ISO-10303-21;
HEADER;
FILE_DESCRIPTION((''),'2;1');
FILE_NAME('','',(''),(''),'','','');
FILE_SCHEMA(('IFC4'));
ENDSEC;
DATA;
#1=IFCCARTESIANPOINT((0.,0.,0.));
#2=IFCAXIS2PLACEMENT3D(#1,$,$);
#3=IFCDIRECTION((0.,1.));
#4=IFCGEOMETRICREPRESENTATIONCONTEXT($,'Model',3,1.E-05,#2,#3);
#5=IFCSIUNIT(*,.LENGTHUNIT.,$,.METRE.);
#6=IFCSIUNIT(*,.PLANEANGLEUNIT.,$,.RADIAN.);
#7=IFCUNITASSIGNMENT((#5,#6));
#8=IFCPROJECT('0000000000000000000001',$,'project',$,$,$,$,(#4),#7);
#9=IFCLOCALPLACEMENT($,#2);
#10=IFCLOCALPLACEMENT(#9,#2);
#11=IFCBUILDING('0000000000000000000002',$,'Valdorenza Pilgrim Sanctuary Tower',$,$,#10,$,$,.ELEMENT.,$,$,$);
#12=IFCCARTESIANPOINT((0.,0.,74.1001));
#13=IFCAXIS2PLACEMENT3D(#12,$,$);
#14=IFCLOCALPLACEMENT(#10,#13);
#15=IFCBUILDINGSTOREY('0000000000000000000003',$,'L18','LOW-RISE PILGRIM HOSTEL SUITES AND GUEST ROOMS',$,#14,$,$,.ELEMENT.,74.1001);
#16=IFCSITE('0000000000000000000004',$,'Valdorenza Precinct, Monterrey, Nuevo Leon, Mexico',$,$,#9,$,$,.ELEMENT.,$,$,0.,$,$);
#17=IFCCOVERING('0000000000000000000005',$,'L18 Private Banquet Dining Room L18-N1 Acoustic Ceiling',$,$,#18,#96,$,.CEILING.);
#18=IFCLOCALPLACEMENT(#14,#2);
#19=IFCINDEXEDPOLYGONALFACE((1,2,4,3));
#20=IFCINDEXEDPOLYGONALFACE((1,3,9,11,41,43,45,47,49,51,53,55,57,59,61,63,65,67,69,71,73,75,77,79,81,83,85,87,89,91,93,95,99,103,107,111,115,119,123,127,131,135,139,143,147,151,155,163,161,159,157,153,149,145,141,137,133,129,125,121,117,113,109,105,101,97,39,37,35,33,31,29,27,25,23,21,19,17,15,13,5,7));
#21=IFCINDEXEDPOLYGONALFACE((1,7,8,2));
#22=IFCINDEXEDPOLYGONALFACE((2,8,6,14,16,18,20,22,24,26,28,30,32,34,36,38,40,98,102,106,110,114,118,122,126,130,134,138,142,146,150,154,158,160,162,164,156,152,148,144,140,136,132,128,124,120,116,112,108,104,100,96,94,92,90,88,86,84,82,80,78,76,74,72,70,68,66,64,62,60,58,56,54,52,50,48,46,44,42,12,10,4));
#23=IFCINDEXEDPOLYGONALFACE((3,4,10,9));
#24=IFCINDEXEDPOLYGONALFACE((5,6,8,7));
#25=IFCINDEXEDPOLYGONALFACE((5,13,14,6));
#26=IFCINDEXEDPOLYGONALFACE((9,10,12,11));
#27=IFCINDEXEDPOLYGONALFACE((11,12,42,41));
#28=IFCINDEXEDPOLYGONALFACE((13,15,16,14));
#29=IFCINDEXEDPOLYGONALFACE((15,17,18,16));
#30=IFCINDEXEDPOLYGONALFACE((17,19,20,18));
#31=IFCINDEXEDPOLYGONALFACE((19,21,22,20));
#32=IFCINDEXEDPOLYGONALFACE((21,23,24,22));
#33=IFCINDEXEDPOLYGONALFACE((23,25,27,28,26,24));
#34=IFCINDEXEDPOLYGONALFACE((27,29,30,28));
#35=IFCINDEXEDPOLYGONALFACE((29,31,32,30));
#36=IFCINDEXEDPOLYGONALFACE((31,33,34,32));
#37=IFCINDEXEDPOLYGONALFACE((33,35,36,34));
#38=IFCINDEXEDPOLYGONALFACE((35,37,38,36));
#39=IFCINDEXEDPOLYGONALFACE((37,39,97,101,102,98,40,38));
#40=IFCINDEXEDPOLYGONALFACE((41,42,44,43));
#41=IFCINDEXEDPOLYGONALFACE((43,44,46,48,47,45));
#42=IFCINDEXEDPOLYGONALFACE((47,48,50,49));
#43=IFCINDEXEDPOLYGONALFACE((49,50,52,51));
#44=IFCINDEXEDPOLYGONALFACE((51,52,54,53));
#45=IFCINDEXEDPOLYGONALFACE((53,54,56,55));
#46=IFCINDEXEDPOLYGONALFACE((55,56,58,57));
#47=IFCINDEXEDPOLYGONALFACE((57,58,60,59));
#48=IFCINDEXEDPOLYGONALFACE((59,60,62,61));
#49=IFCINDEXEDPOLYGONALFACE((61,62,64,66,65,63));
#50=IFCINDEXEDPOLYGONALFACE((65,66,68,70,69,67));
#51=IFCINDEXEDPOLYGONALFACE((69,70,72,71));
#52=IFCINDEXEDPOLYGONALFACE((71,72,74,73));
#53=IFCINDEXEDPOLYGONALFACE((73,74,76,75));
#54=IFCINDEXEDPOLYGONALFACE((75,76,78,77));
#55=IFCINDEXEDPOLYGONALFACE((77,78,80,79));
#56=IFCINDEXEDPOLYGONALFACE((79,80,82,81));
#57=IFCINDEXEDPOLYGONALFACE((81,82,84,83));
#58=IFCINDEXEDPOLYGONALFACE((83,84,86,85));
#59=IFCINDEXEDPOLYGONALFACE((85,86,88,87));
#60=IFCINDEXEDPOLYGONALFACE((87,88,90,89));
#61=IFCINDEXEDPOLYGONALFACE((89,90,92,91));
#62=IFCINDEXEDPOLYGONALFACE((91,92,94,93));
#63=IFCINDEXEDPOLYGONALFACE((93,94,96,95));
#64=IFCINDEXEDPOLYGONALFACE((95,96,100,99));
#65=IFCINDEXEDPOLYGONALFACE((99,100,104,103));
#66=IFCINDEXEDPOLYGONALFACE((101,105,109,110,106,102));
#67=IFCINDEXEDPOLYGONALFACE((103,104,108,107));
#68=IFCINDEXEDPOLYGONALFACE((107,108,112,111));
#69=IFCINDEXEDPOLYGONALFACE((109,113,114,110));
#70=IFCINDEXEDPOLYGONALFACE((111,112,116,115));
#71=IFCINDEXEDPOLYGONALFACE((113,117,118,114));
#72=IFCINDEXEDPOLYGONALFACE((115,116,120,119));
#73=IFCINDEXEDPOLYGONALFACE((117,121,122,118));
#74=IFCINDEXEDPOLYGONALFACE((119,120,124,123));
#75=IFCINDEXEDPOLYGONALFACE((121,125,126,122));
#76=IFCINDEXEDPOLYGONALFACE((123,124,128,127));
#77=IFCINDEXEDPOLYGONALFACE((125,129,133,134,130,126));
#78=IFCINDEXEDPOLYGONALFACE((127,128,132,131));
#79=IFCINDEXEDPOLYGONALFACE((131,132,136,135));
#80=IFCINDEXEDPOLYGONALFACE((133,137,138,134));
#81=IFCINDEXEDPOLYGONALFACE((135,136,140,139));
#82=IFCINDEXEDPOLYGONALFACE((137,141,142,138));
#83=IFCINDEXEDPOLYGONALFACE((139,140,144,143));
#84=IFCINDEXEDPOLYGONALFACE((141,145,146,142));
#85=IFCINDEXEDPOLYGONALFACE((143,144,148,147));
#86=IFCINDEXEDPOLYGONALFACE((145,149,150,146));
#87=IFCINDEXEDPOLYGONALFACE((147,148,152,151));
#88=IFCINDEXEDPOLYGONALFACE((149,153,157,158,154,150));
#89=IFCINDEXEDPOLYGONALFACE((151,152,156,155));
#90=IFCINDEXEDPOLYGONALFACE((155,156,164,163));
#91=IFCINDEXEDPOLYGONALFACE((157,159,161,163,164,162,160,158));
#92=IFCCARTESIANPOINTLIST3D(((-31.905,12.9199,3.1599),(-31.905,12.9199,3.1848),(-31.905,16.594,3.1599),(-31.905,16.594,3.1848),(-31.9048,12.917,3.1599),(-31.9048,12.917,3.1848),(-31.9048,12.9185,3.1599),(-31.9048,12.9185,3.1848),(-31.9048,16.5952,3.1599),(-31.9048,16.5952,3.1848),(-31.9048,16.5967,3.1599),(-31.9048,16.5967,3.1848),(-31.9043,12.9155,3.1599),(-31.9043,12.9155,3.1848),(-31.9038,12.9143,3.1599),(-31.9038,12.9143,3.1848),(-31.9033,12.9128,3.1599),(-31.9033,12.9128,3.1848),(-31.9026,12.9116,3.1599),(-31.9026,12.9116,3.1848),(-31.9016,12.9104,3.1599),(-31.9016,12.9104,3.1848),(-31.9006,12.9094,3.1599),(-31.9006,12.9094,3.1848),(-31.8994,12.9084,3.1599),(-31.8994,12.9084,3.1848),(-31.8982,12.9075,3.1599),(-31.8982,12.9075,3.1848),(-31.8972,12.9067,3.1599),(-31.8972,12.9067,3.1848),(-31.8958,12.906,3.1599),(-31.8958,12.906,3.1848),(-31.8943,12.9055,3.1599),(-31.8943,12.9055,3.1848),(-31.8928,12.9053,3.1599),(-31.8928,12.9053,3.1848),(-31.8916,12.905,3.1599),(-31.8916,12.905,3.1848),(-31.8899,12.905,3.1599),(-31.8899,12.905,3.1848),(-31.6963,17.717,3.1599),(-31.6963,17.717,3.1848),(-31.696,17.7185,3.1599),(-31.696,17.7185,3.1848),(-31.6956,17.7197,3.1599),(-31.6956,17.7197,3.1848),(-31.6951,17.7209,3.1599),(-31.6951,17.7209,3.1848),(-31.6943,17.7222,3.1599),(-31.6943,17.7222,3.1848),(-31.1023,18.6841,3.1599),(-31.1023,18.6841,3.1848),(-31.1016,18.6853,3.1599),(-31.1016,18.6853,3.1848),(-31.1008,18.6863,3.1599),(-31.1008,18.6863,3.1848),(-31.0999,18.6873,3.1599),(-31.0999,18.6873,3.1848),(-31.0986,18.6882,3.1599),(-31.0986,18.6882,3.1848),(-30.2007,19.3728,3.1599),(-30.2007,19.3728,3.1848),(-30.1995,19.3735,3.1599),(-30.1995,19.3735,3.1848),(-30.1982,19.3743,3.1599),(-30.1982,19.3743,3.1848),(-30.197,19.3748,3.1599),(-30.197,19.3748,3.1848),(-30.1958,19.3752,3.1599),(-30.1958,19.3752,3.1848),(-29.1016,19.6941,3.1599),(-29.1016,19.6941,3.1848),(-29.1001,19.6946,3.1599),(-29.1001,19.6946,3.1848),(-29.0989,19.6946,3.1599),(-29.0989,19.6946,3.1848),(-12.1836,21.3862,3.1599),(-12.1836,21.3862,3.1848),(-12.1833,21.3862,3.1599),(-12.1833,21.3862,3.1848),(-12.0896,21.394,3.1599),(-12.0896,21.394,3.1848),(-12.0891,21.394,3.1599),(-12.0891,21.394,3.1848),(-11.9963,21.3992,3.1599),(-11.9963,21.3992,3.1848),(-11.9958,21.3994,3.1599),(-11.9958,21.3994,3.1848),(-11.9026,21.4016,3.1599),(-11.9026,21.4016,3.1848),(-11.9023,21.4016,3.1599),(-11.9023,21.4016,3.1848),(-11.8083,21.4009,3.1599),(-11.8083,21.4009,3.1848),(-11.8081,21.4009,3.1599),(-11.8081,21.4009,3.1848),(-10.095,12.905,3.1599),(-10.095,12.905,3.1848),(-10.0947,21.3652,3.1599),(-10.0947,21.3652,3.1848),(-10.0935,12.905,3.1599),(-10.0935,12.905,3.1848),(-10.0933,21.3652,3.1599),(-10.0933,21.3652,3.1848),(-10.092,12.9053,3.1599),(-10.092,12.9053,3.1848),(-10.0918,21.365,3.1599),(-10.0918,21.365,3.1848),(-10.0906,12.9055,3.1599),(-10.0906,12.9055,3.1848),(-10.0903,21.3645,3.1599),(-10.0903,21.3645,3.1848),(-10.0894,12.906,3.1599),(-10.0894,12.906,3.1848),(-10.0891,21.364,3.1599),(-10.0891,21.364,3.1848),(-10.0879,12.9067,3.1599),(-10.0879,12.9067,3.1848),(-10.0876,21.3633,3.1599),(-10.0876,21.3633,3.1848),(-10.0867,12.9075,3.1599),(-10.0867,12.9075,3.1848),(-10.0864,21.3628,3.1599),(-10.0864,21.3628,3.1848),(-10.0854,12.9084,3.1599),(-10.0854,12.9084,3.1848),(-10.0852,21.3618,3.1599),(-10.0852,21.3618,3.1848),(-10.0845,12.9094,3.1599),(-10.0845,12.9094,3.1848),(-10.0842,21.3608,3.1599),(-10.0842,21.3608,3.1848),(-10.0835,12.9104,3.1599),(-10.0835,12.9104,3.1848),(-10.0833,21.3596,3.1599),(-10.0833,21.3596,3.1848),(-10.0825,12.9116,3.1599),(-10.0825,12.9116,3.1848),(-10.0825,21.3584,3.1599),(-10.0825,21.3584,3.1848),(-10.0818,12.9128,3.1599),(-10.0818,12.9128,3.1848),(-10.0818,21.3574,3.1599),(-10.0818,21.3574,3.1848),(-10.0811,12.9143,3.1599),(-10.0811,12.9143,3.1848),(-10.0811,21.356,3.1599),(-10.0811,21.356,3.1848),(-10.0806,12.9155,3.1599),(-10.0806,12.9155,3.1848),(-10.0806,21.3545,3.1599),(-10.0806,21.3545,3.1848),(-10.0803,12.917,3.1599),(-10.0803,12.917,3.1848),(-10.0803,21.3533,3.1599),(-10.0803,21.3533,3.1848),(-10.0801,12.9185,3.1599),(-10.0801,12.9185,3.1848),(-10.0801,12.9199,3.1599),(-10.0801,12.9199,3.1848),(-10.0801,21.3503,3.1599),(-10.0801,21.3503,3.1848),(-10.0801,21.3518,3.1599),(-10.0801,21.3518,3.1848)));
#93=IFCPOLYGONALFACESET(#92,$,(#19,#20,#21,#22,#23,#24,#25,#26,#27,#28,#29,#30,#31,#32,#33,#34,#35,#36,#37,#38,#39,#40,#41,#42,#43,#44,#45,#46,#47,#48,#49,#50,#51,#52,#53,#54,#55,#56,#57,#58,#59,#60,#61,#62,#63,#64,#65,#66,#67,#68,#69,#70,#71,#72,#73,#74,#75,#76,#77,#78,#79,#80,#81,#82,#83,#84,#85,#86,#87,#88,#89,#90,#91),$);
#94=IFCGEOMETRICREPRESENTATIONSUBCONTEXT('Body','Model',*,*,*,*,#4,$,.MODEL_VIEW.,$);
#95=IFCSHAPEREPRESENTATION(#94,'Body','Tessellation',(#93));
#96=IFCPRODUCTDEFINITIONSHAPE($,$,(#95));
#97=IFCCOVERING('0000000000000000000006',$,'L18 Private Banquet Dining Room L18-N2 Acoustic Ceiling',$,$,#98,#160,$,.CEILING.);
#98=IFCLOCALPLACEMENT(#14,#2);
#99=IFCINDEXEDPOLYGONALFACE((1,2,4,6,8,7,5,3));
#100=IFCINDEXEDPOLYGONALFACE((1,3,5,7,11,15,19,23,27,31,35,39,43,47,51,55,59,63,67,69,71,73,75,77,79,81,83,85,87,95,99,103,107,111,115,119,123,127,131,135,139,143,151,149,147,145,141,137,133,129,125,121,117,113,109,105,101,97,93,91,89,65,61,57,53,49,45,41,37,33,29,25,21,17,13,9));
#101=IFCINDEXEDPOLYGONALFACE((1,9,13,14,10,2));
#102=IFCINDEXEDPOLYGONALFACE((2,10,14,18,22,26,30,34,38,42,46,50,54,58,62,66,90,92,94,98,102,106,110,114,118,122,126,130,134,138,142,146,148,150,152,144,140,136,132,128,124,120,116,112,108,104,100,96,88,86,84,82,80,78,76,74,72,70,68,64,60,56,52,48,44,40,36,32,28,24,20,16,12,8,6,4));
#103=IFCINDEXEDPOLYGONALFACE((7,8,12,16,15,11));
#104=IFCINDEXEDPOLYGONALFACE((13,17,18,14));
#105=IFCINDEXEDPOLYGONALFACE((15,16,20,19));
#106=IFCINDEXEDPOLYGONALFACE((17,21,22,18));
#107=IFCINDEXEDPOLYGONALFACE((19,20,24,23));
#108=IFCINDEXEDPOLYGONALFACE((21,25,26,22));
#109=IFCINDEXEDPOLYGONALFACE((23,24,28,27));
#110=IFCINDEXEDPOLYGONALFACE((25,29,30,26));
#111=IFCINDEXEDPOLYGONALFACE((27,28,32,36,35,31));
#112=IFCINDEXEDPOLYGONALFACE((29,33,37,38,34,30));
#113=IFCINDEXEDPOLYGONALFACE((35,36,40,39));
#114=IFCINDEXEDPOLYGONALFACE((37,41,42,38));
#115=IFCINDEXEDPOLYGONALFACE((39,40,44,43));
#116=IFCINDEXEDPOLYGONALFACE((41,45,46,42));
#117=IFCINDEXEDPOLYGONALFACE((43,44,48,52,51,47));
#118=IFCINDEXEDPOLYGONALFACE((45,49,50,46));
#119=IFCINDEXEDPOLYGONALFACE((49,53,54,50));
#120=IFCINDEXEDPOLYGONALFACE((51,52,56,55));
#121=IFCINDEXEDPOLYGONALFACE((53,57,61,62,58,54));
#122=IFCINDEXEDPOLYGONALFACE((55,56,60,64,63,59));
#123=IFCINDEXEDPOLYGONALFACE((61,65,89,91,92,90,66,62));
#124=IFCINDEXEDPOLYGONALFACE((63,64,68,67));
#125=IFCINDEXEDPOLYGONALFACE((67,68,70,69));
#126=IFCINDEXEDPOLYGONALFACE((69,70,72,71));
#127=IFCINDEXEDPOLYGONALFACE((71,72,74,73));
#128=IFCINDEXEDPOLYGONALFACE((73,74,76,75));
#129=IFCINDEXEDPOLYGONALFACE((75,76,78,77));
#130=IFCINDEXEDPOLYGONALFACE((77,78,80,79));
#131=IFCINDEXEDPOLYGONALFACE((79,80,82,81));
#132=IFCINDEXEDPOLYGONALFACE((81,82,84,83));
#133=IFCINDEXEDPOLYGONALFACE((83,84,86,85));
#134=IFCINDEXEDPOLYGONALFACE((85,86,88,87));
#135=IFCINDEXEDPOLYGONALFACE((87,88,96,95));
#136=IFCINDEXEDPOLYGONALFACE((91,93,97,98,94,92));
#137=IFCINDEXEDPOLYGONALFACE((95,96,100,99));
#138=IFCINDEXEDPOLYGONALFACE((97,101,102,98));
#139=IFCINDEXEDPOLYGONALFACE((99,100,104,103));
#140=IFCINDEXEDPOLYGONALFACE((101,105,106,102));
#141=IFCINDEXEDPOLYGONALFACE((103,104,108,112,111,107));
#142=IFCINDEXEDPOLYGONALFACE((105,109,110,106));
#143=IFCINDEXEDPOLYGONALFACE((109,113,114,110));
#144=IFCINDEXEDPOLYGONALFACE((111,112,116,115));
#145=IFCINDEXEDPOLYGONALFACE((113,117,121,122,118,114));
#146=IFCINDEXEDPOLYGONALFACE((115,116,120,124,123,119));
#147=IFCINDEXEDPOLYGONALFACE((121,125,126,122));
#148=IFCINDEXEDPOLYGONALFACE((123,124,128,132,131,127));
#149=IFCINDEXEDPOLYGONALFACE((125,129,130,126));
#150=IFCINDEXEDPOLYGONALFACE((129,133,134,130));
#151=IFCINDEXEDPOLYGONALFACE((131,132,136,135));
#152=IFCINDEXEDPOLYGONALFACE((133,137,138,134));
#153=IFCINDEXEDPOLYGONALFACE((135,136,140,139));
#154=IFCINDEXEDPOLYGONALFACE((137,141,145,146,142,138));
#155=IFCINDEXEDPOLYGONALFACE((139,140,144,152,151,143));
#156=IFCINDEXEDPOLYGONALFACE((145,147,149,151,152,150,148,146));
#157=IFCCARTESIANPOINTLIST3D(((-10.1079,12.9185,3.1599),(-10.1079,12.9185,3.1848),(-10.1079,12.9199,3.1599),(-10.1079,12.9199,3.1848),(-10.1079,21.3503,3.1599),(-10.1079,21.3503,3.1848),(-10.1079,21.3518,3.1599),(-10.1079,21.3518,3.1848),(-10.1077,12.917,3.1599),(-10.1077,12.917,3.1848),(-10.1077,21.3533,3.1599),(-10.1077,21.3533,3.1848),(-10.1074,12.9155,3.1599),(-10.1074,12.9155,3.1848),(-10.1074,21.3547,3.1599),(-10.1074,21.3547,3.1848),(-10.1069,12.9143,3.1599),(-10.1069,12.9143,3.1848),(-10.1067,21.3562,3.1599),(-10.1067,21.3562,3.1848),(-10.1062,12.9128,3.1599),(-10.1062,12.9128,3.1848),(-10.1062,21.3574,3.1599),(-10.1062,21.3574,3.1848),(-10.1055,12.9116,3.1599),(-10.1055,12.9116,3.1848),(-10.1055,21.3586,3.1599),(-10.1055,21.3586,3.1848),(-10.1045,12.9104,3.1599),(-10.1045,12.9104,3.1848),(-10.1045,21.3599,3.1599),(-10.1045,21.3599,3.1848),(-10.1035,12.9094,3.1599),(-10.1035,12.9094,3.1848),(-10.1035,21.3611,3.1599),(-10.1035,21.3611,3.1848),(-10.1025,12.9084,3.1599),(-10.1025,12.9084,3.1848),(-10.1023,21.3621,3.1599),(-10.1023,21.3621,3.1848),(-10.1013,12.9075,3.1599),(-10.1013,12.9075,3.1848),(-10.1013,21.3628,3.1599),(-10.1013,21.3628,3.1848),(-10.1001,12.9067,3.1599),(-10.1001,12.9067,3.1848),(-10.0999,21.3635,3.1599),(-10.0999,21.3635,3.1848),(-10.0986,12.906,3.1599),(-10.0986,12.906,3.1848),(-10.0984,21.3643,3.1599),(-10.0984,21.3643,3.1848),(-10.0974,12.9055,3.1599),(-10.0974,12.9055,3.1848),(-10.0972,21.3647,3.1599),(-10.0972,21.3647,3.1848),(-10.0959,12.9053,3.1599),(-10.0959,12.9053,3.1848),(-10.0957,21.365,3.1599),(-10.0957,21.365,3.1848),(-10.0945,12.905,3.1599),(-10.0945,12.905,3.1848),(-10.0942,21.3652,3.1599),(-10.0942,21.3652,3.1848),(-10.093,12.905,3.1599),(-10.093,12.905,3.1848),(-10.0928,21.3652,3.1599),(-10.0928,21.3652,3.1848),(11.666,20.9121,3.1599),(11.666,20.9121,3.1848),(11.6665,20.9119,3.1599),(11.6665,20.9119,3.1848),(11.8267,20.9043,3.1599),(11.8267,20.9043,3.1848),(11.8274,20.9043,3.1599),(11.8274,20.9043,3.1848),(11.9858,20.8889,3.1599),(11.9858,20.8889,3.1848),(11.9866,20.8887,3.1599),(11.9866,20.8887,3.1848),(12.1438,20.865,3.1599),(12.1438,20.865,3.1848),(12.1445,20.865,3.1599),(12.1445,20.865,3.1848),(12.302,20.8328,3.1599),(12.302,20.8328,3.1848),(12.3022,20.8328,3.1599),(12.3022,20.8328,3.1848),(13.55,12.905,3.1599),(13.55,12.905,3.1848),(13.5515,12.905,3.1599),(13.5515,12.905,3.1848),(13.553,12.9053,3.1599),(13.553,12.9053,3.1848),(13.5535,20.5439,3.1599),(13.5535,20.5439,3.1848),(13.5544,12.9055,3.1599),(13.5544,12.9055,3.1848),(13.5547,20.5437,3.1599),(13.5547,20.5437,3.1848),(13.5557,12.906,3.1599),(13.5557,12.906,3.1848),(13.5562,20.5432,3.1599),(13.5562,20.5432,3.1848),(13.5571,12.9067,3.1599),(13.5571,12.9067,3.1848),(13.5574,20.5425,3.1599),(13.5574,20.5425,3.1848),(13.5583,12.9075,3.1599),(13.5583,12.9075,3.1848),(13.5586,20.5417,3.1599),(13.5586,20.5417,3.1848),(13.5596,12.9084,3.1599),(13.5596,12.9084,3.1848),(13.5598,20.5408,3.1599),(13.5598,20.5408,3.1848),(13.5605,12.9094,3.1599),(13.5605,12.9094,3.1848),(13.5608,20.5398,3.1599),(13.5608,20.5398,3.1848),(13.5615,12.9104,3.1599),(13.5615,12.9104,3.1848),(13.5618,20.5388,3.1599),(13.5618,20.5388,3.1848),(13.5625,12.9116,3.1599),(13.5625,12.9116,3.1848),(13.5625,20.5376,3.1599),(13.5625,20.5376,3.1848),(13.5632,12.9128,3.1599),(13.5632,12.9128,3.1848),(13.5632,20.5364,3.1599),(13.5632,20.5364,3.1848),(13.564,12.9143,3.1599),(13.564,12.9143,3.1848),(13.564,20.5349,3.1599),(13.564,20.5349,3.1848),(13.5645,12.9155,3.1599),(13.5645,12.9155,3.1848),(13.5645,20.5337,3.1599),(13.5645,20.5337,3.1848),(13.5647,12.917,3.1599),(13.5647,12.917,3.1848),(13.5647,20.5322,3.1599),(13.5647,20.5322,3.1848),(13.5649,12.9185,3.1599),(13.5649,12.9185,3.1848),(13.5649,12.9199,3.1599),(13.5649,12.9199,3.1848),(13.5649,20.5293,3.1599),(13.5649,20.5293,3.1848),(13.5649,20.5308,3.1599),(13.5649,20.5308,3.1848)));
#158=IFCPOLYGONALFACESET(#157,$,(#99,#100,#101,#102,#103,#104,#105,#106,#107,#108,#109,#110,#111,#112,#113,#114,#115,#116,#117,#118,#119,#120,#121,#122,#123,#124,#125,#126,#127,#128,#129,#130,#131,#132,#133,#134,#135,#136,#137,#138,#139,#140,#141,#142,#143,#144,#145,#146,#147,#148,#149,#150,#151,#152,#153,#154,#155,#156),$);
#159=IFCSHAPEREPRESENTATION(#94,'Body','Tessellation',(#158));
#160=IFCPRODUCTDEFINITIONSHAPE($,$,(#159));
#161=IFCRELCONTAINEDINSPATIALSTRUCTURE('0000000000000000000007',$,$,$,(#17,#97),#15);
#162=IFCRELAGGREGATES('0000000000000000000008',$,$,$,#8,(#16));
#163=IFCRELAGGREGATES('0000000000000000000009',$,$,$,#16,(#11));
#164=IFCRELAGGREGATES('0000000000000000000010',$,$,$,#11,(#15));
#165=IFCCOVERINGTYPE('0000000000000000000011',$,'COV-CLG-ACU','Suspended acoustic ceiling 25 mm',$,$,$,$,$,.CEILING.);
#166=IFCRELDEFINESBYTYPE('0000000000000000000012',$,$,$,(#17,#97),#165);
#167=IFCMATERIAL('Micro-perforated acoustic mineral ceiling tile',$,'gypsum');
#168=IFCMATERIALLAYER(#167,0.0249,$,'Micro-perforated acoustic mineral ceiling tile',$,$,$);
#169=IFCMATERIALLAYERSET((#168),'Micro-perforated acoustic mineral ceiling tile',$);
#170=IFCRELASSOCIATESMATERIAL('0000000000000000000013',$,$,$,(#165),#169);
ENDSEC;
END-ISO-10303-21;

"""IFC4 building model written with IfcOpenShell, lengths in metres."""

from ifc_helpers import new_model, si_unit, direction, frame, origin, place, context, subcontext, project, spatial, polyline, outline, extrude, material, layer, layer_set, type_object, element, save


model = new_model("IFC4")

# Units and contexts
model_context = context("Model", 3, precision=1e-05, world=origin(), true_north=direction((0.0, 1.0)))
body_context = subcontext(model_context, "Body", "Model", "MODEL_VIEW")
ifc_project = project(units=[si_unit("LENGTHUNIT", "METRE"), si_unit("PLANEANGLEUNIT", "RADIAN")], contexts=[model_context])

# Site, building, storey
site_placement = place(None, origin())
site = spatial("IfcSite", under=ifc_project, at=site_placement, Name="Valdorenza Precinct, Monterrey, Nuevo Leon, Mexico", CompositionType="ELEMENT", RefElevation=0.0)
building_placement = place(site_placement, origin())
building = spatial("IfcBuilding", under=site, at=building_placement, Name="Valdorenza Pilgrim Sanctuary Tower", CompositionType="ELEMENT")
storey_placement = place(building_placement, frame((0.0, 0.0, 74.1001)))
storey = spatial("IfcBuildingStorey", under=building, at=storey_placement, Name="L18", Description="LOW-RISE PILGRIM HOSTEL SUITES AND GUEST ROOMS", CompositionType="ELEMENT", Elevation=74.1001)

# Coverings
ifc_material_1 = material(Name="Micro-perforated acoustic mineral ceiling tile", Category="gypsum")
ifc_layer_1 = layer(ifc_material_1, 0.0249, Name="Micro-perforated acoustic mineral ceiling tile")
ifc_layer_set_1 = layer_set([ifc_layer_1], Name="Micro-perforated acoustic mineral ceiling tile")
covering_type_1 = type_object("IfcCoveringType", Name="COV-CLG-ACU", Description="Suspended acoustic ceiling 25 mm", PredefinedType="CEILING", material=ifc_layer_set_1)
covering_1_placement = place(storey_placement, frame((0.0, 0.0, 3.1599)))
element("IfcCovering", 1, at=covering_1_placement, inside=storey, type_object=covering_type_1, Name="L18 Private Banquet Dining Room L18-N1 Acoustic Ceiling", PredefinedType="CEILING", context=body_context, shape_type="SweptSolid", body=[
    extrude(outline(polyline([(-31.8899, 12.905), (-31.8916, 12.905), (-31.8928, 12.9053), (-31.8943, 12.9055), (-31.8958, 12.906), (-31.8972, 12.9067), (-31.8982, 12.9075), (-31.8994, 12.9084), (-31.9006, 12.9094), (-31.9016, 12.9104), (-31.9026, 12.9116), (-31.9033, 12.9128), (-31.9038, 12.9143), (-31.9043, 12.9155), (-31.9048, 12.917), (-31.9048, 12.9185), (-31.905, 12.9199), (-31.905, 16.594), (-31.9048, 16.5952), (-31.9048, 16.5967), (-31.6963, 17.717), (-31.696, 17.7185), (-31.6956, 17.7197), (-31.6951, 17.7209), (-31.6943, 17.7222), (-31.1023, 18.6841), (-31.1016, 18.6853), (-31.1008, 18.6863), (-31.0999, 18.6873), (-31.0986, 18.6882), (-30.2007, 19.3728), (-30.1995, 19.3735), (-30.1982, 19.3743), (-30.197, 19.3748), (-30.1958, 19.3752), (-29.1016, 19.6941), (-29.1001, 19.6946), (-29.0989, 19.6946), (-12.1836, 21.3862), (-12.1833, 21.3862), (-12.0896, 21.394), (-12.0891, 21.394), (-11.9963, 21.3992), (-11.9958, 21.3994), (-11.9026, 21.4016), (-11.9023, 21.4016), (-11.8083, 21.4009), (-11.8081, 21.4009), (-10.0947, 21.3652), (-10.0933, 21.3652), (-10.0918, 21.365), (-10.0903, 21.3645), (-10.0891, 21.364), (-10.0876, 21.3633), (-10.0864, 21.3628), (-10.0852, 21.3618), (-10.0842, 21.3608), (-10.0833, 21.3596), (-10.0825, 21.3584), (-10.0818, 21.3574), (-10.0811, 21.356), (-10.0806, 21.3545), (-10.0803, 21.3533), (-10.0801, 21.3518), (-10.0801, 21.3503), (-10.0801, 12.9199), (-10.0801, 12.9185), (-10.0803, 12.917), (-10.0806, 12.9155), (-10.0811, 12.9143), (-10.0818, 12.9128), (-10.0825, 12.9116), (-10.0835, 12.9104), (-10.0845, 12.9094), (-10.0854, 12.9084), (-10.0867, 12.9075), (-10.0879, 12.9067), (-10.0894, 12.906), (-10.0906, 12.9055), (-10.092, 12.9053), (-10.0935, 12.905), (-10.095, 12.905), (-31.8899, 12.905)])), origin(), (0.0, 0.0, 1.0), 0.0249),
])
covering_2_placement = place(storey_placement, frame((0.0, 0.0, 3.1599)))
element("IfcCovering", 2, at=covering_2_placement, inside=storey, type_object=covering_type_1, Name="L18 Private Banquet Dining Room L18-N2 Acoustic Ceiling", PredefinedType="CEILING", context=body_context, shape_type="SweptSolid", body=[
    extrude(outline(polyline([(-10.093, 12.905), (-10.0945, 12.905), (-10.0959, 12.9053), (-10.0974, 12.9055), (-10.0986, 12.906), (-10.1001, 12.9067), (-10.1013, 12.9075), (-10.1025, 12.9084), (-10.1035, 12.9094), (-10.1045, 12.9104), (-10.1055, 12.9116), (-10.1062, 12.9128), (-10.1069, 12.9143), (-10.1074, 12.9155), (-10.1077, 12.917), (-10.1079, 12.9185), (-10.1079, 12.9199), (-10.1079, 21.3503), (-10.1079, 21.3518), (-10.1077, 21.3533), (-10.1074, 21.3547), (-10.1067, 21.3562), (-10.1062, 21.3574), (-10.1055, 21.3586), (-10.1045, 21.3599), (-10.1035, 21.3611), (-10.1023, 21.3621), (-10.1013, 21.3628), (-10.0999, 21.3635), (-10.0984, 21.3643), (-10.0972, 21.3647), (-10.0957, 21.365), (-10.0942, 21.3652), (-10.0928, 21.3652), (11.666, 20.9121), (11.6665, 20.9119), (11.8267, 20.9043), (11.8274, 20.9043), (11.9858, 20.8889), (11.9866, 20.8887), (12.1438, 20.865), (12.1445, 20.865), (12.302, 20.8328), (12.3022, 20.8328), (13.5535, 20.5439), (13.5547, 20.5437), (13.5562, 20.5432), (13.5574, 20.5425), (13.5586, 20.5417), (13.5598, 20.5408), (13.5608, 20.5398), (13.5618, 20.5388), (13.5625, 20.5376), (13.5632, 20.5364), (13.564, 20.5349), (13.5645, 20.5337), (13.5647, 20.5322), (13.5649, 20.5308), (13.5649, 20.5293), (13.5649, 12.9199), (13.5649, 12.9185), (13.5647, 12.917), (13.5645, 12.9155), (13.564, 12.9143), (13.5632, 12.9128), (13.5625, 12.9116), (13.5615, 12.9104), (13.5605, 12.9094), (13.5596, 12.9084), (13.5583, 12.9075), (13.5571, 12.9067), (13.5557, 12.906), (13.5544, 12.9055), (13.553, 12.9053), (13.5515, 12.905), (13.55, 12.905), (-10.093, 12.905)])), origin(), (0.0, 0.0, 1.0), 0.0249),
])

save(model, "model.ifc")
